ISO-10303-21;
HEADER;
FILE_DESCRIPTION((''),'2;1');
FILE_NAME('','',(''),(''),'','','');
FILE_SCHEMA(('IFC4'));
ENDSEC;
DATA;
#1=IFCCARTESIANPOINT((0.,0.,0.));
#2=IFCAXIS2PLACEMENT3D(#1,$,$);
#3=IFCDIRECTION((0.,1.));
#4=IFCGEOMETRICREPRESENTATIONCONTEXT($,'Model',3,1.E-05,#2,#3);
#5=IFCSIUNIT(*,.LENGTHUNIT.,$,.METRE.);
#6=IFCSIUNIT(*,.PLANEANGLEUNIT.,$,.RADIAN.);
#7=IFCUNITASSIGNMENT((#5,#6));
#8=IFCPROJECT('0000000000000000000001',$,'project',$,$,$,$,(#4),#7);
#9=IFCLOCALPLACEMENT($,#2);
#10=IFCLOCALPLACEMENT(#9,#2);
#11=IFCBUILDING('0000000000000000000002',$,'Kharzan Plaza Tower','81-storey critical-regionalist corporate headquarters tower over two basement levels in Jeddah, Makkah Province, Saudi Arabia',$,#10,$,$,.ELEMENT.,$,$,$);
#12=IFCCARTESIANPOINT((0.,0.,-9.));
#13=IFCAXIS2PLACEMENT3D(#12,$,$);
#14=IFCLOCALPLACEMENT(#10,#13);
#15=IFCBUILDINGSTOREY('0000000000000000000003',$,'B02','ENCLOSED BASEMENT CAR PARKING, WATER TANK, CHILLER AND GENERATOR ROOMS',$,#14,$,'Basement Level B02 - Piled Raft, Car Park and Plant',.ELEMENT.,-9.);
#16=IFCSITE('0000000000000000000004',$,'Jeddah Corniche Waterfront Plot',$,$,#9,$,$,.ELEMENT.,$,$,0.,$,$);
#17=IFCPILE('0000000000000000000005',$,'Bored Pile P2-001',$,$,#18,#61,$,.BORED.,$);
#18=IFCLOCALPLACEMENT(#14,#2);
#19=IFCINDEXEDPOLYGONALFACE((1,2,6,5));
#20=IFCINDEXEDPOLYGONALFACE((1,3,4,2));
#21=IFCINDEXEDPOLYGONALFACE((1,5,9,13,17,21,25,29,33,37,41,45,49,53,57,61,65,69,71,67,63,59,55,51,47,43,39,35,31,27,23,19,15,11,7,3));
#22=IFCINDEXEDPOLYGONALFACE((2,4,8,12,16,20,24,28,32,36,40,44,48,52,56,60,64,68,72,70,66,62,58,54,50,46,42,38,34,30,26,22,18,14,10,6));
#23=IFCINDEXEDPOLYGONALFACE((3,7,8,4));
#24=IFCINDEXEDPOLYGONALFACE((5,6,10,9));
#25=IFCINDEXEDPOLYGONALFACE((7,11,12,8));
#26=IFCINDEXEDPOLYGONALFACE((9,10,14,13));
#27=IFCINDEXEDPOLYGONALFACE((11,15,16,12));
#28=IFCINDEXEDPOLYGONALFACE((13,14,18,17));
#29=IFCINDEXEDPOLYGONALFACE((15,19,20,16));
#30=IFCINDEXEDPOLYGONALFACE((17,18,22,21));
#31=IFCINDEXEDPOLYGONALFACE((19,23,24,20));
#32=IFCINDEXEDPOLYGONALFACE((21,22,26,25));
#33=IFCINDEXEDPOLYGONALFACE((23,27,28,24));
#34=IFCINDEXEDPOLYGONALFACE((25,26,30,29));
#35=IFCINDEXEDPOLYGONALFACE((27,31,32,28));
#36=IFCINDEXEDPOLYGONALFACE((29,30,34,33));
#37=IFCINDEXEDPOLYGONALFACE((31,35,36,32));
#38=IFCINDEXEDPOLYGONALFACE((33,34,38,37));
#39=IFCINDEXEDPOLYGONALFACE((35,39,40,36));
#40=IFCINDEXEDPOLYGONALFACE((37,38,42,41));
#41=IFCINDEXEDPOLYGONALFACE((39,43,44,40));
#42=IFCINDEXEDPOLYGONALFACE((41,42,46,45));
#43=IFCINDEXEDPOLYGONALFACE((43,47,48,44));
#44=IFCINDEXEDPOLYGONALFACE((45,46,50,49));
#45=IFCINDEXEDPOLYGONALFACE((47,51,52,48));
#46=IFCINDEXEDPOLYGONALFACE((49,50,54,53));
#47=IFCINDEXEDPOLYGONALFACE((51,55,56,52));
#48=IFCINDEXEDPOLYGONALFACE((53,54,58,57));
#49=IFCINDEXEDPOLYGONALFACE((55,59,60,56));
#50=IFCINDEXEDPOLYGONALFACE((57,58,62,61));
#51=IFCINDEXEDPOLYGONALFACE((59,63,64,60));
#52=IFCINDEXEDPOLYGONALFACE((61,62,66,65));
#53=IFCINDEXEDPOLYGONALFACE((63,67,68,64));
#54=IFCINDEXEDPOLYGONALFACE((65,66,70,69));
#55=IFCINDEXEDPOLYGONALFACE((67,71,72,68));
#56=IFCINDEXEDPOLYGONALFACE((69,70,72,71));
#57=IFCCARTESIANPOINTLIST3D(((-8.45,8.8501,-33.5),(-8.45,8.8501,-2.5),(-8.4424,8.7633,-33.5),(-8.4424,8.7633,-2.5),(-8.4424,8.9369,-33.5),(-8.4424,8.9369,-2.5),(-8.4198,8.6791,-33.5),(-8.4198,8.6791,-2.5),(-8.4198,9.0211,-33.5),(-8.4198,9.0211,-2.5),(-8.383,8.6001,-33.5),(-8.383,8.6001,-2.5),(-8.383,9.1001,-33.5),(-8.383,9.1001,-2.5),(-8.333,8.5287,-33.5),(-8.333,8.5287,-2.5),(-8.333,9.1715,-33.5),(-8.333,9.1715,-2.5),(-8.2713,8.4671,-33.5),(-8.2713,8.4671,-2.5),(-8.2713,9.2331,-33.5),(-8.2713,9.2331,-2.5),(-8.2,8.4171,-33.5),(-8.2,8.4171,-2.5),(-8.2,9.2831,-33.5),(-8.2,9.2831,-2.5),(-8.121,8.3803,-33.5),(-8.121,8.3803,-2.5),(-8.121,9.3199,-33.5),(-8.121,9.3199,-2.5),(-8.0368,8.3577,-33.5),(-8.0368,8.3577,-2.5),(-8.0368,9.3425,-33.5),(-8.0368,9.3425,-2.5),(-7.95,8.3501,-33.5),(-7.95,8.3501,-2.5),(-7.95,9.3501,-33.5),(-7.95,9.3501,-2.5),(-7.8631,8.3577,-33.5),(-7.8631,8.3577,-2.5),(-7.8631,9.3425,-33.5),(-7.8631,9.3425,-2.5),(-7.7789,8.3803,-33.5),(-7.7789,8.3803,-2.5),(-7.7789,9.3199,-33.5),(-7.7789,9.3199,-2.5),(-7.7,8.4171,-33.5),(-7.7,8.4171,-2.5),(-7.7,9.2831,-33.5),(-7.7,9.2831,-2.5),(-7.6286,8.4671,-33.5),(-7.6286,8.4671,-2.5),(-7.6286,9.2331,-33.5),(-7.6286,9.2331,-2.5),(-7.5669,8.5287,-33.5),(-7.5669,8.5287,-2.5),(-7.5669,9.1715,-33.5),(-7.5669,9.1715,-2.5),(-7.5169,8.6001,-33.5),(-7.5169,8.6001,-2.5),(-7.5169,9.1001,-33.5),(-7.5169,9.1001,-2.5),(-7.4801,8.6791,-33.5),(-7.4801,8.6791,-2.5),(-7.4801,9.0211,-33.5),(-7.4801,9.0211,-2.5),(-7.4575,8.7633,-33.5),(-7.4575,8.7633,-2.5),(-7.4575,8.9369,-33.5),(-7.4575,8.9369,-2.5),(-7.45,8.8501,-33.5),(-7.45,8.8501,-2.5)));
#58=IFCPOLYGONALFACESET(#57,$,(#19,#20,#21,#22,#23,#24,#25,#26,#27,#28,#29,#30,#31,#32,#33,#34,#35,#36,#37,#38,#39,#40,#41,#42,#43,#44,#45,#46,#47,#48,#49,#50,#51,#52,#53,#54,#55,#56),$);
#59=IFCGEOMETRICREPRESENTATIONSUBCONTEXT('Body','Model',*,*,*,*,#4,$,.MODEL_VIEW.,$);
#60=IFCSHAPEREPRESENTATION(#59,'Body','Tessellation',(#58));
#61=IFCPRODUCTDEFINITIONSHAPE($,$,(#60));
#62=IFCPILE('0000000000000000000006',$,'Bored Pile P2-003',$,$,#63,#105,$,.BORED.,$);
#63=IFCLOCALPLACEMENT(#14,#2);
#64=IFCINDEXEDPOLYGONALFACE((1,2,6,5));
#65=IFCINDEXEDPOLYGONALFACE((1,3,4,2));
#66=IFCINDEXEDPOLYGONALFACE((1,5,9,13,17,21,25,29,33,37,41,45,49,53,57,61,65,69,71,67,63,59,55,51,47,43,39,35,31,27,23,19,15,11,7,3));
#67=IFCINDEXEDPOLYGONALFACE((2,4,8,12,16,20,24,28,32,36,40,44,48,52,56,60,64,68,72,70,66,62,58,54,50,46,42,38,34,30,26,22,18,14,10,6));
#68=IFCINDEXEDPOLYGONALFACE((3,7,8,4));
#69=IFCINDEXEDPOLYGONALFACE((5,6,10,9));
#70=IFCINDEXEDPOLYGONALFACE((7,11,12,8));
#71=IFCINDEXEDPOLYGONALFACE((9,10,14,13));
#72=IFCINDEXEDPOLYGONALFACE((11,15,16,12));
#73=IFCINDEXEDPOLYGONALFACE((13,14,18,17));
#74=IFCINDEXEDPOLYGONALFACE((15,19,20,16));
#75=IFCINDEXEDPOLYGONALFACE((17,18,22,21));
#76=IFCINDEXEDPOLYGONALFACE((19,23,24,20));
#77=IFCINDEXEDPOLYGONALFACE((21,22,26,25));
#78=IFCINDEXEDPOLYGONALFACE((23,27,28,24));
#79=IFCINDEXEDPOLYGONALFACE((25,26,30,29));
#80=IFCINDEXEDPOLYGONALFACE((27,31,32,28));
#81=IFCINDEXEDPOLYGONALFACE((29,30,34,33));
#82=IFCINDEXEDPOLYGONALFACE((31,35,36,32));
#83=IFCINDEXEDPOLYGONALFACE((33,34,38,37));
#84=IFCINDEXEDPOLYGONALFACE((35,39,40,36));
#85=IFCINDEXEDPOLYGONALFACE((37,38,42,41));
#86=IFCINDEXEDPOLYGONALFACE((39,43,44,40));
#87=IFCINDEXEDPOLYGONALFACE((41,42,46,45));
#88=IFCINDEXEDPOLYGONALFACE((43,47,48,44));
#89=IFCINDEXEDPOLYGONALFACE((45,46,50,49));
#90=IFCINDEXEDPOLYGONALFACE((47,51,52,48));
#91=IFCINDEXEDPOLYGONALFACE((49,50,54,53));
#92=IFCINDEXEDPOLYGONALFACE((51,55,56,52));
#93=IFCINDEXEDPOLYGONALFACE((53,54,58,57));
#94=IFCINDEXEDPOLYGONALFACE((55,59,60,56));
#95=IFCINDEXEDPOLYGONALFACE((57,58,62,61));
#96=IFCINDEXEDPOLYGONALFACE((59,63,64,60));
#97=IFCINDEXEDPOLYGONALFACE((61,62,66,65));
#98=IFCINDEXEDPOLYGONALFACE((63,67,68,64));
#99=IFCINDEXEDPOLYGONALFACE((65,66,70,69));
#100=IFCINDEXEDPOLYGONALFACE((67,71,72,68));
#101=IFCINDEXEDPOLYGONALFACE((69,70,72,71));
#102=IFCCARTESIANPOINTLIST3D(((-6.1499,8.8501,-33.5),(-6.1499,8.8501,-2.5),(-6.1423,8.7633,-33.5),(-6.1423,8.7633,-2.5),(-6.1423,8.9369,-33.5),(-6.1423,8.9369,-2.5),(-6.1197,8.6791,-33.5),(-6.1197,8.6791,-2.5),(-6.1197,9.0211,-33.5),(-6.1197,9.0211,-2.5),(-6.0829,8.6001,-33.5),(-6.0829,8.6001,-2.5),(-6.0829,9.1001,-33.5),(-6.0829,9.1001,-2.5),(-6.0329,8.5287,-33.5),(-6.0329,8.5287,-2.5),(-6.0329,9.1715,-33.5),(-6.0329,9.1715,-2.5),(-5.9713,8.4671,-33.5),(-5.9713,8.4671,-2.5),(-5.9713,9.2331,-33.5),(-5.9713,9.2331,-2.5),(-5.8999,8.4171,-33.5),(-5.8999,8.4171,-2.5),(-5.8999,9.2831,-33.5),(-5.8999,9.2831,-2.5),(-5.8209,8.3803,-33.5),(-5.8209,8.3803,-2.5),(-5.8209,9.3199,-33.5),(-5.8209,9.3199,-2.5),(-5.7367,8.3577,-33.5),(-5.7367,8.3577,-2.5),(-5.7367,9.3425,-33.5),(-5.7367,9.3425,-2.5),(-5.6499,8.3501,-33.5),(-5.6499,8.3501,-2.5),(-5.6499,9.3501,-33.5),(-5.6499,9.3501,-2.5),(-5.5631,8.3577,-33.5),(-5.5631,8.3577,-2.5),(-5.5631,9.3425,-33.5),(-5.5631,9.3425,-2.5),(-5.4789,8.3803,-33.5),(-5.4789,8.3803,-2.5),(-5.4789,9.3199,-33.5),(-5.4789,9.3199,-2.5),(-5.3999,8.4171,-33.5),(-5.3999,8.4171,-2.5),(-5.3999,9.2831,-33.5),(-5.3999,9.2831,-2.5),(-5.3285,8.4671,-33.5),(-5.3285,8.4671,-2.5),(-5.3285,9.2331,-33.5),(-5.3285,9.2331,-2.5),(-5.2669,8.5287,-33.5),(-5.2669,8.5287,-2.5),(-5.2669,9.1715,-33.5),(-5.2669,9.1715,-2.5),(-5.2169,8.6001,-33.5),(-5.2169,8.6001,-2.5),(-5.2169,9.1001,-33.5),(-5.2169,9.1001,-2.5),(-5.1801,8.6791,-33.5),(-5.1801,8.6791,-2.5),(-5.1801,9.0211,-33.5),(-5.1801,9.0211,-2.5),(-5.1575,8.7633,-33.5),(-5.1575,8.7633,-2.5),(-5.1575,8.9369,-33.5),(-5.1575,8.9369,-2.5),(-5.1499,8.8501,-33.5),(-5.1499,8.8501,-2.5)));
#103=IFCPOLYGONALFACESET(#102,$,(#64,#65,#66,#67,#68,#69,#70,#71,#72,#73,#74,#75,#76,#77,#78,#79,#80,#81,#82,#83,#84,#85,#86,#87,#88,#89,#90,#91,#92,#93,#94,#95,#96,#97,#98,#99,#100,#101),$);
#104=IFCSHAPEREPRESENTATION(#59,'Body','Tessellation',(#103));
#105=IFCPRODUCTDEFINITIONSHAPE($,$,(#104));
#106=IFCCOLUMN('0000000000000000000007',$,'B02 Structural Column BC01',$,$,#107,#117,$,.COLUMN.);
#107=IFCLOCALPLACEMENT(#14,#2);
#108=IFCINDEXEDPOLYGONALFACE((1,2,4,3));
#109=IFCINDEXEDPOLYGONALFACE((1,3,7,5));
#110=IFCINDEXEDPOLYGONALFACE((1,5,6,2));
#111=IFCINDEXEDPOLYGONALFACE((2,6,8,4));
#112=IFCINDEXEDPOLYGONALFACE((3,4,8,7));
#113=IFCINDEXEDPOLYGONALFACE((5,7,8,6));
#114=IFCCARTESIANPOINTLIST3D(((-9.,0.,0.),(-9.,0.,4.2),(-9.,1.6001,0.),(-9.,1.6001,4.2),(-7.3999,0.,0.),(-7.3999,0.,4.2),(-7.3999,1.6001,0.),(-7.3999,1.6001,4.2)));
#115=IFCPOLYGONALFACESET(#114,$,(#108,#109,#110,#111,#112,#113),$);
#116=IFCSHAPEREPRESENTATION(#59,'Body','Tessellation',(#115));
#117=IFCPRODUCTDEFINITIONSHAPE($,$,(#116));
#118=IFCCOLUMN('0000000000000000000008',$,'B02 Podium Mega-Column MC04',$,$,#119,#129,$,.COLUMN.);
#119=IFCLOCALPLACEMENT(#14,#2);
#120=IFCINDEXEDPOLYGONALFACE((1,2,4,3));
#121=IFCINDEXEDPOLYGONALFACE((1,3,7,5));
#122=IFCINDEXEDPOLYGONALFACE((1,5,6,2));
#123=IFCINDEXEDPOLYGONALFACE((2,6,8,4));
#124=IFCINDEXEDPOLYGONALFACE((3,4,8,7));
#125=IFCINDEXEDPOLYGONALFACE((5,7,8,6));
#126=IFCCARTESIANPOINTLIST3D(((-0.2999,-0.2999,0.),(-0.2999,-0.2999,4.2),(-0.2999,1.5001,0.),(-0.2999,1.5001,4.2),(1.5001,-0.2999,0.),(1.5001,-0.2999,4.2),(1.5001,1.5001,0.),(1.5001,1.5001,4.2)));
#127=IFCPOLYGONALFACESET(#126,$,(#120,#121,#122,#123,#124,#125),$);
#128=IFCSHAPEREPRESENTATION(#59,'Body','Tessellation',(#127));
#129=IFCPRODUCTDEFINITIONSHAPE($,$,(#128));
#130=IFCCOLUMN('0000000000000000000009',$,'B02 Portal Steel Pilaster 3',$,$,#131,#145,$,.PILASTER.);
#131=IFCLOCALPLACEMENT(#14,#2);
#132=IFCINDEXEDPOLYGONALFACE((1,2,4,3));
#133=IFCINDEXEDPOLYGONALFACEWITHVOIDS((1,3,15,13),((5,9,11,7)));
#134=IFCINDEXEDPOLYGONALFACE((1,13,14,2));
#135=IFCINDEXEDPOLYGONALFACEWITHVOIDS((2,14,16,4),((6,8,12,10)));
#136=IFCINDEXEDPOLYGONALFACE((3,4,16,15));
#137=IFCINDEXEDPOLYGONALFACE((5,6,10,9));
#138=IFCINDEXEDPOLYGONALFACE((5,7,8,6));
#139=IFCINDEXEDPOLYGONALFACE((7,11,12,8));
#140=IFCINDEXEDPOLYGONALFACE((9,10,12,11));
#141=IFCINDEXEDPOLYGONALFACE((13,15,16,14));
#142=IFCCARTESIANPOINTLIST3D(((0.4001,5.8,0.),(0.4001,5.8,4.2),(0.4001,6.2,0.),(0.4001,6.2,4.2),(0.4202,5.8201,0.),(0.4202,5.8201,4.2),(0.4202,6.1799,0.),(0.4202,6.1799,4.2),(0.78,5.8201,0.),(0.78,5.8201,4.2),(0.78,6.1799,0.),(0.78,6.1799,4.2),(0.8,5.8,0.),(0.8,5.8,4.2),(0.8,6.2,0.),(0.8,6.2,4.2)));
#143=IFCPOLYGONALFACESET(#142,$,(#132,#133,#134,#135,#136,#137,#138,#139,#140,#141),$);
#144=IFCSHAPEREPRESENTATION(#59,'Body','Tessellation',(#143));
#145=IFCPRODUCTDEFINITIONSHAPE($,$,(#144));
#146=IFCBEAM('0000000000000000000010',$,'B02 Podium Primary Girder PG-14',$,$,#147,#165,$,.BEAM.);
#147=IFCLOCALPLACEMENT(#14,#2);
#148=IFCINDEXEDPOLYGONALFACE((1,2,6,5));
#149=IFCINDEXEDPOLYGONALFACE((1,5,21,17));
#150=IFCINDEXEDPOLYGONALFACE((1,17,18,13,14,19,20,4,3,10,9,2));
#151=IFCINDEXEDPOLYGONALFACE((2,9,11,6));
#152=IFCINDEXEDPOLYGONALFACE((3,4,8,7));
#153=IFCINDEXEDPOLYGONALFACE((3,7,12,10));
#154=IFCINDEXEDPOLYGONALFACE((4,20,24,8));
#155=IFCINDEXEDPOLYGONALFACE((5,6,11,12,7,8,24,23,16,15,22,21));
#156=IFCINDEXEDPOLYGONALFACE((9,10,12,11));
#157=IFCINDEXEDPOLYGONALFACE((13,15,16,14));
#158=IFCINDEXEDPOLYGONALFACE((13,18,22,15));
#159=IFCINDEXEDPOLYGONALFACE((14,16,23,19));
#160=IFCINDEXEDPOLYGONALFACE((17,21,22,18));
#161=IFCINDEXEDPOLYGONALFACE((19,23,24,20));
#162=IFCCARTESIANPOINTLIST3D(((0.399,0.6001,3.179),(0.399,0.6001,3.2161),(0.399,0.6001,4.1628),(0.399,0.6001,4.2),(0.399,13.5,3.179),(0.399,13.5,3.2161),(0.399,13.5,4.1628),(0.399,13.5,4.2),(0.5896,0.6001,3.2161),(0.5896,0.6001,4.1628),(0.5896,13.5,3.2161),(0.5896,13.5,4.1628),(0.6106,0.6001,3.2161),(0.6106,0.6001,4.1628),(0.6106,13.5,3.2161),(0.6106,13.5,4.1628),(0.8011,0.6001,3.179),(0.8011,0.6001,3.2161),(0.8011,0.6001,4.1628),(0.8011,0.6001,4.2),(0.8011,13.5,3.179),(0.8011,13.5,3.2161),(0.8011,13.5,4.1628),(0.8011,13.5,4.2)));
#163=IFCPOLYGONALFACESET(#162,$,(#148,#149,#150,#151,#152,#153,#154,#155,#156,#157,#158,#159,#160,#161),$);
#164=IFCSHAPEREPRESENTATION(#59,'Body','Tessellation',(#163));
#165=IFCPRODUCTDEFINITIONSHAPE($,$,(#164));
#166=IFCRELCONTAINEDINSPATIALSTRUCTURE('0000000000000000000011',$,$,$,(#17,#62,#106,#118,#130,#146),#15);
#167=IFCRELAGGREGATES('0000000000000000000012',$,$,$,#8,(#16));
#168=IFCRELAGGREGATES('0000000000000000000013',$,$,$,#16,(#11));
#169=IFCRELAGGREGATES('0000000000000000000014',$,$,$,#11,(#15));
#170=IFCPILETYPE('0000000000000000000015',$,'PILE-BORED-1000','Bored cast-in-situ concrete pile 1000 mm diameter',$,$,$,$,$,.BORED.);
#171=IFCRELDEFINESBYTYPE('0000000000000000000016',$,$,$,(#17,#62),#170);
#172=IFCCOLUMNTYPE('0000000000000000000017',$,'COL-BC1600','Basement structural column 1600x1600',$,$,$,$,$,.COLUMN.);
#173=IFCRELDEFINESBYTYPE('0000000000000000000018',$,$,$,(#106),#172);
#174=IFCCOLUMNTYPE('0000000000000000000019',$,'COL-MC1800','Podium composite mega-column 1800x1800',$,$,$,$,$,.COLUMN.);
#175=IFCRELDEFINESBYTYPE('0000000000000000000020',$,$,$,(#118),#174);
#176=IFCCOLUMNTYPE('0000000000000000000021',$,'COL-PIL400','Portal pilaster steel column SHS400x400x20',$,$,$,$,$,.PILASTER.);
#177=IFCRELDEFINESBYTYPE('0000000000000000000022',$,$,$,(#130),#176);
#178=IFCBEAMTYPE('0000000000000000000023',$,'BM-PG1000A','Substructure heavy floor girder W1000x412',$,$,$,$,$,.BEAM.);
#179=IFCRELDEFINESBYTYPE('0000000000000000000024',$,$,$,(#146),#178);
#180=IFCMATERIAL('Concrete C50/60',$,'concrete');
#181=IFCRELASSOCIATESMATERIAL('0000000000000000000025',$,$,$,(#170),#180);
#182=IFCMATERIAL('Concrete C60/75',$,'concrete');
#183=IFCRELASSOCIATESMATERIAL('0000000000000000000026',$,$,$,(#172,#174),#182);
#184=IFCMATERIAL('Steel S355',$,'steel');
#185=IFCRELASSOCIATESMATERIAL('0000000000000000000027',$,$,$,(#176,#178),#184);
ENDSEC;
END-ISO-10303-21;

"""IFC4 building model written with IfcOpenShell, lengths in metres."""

from ifc_helpers import new_model, si_unit, direction, frame, origin, origin_2d, place, context, subcontext, project, spatial, rectangle, hollow_rectangle, circle, i_section, extrude, source, transform, mapped, material, material_profile, profile_set, type_object, element, save


model = new_model("IFC4")

# Units and contexts
model_context = context("Model", 3, precision=1e-05, world=origin(), true_north=direction((0.0, 1.0)))
body_context = subcontext(model_context, "Body", "Model", "MODEL_VIEW")
ifc_project = project(units=[si_unit("LENGTHUNIT", "METRE"), si_unit("PLANEANGLEUNIT", "RADIAN")], contexts=[model_context])

# Site, building, storey
site_placement = place(None, origin())
site = spatial("IfcSite", under=ifc_project, at=site_placement, Name="Jeddah Corniche Waterfront Plot", CompositionType="ELEMENT", RefElevation=0.0)
building_placement = place(site_placement, origin())
building = spatial("IfcBuilding", under=site, at=building_placement, Name="Kharzan Plaza Tower", Description="81-storey critical-regionalist corporate headquarters tower over two basement levels in Jeddah, Makkah Province, Saudi Arabia", CompositionType="ELEMENT")
storey_placement = place(building_placement, frame((0.0, 0.0, -9.0)))
storey = spatial("IfcBuildingStorey", under=building, at=storey_placement, Name="B02", Description="ENCLOSED BASEMENT CAR PARKING, WATER TANK, CHILLER AND GENERATOR ROOMS", LongName="Basement Level B02 - Piled Raft, Car Park and Plant", CompositionType="ELEMENT", Elevation=-9.0)

# Shared definitions
ifc_material_1 = material(Name="Concrete C50/60", Category="concrete")

# Piles
ifc_material_profile_1 = material_profile(ifc_material_1, circle(Radius=0.5, at=origin_2d()), Name="PILE-D1000")
ifc_profile_set_1 = profile_set([ifc_material_profile_1], Name="Concrete C50/60")
pile_type_1 = type_object("IfcPileType", Name="PILE-BORED-1000", Description="Bored cast-in-situ concrete pile 1000 mm diameter", PredefinedType="BORED", material=ifc_profile_set_1)
shared_shape_1 = source(origin(), body_context, "Body", "SweptSolid", [
    extrude(circle(Radius=0.5, at=origin_2d()), origin(), (0.0, 0.0, 1.0), 31.0),
])
for number, where, z_axis, x_axis, name in (
    (1, (-7.95, 8.8501, -2.5), (0.0, 0.0, -1.0), (1.0, 0.0, 0.0), "Bored Pile P2-001"),
    (2, (-5.6499, 8.8501, -2.5), (0.0, 0.0, -1.0), (1.0, 0.0, 0.0), "Bored Pile P2-003"),
):
    element("IfcPile", number, at=place(storey_placement, frame(where, z_axis=z_axis, x_axis=x_axis)), inside=storey, type_object=pile_type_1, Name=name, PredefinedType="BORED", context=body_context, shape_type="MappedRepresentation", body=[
        mapped(shared_shape_1, transform((0.0, 0.0, 0.0), x_axis=(1.0, 0.0, 0.0), y_axis=(0.0, 1.0, 0.0), z_axis=(0.0, 0.0, 1.0))),
    ])

# Columns
ifc_material_2 = material(Name="Concrete C60/75", Category="concrete")
ifc_material_profile_2 = material_profile(ifc_material_2, rectangle(XDim=1.6001, YDim=1.6001, at=origin_2d()), Name="RC-MC1600x1600")
ifc_profile_set_2 = profile_set([ifc_material_profile_2], Name="Concrete C60/75")
column_type_1 = type_object("IfcColumnType", Name="COL-BC1600", Description="Basement structural column 1600x1600", PredefinedType="COLUMN", material=ifc_profile_set_2)
shared_shape_2 = source(origin(), body_context, "Body", "SweptSolid", [
    extrude(rectangle(XDim=1.6001, YDim=1.6001, at=origin_2d()), origin(), (0.0, 0.0, 1.0), 4.2),
])
column_1_placement = place(storey_placement, frame((-8.2, 0.8, 0.0), z_axis=(0.0, 0.0, 1.0), x_axis=(1.0, 0.0, 0.0)))
element("IfcColumn", 3, at=column_1_placement, inside=storey, type_object=column_type_1, Name="B02 Structural Column BC01", PredefinedType="COLUMN", context=body_context, shape_type="MappedRepresentation", body=[
    mapped(shared_shape_2, transform((0.0, 0.0, 0.0), x_axis=(1.0, 0.0, 0.0), y_axis=(0.0, 1.0, 0.0), z_axis=(0.0, 0.0, 1.0))),
])
ifc_material_profile_3 = material_profile(ifc_material_2, rectangle(XDim=1.8, YDim=1.8, at=origin_2d()), Name="RC-MC1800x1800")
ifc_profile_set_3 = profile_set([ifc_material_profile_3], Name="Concrete C60/75")
column_type_2 = type_object("IfcColumnType", Name="COL-MC1800", Description="Podium composite mega-column 1800x1800", PredefinedType="COLUMN", material=ifc_profile_set_3)
shared_shape_3 = source(origin(), body_context, "Body", "SweptSolid", [
    extrude(rectangle(XDim=1.8, YDim=1.8, at=origin_2d()), origin(), (0.0, 0.0, 1.0), 4.2),
])
column_2_placement = place(storey_placement, frame((0.6001, 0.6001, 0.0), z_axis=(0.0, 0.0, 1.0), x_axis=(1.0, 0.0, 0.0)))
element("IfcColumn", 4, at=column_2_placement, inside=storey, type_object=column_type_2, Name="B02 Podium Mega-Column MC04", PredefinedType="COLUMN", context=body_context, shape_type="MappedRepresentation", body=[
    mapped(shared_shape_3, transform((0.0, 0.0, 0.0), x_axis=(1.0, 0.0, 0.0), y_axis=(0.0, 1.0, 0.0), z_axis=(0.0, 0.0, 1.0))),
])
ifc_material_3 = material(Name="Steel S355", Category="steel")
ifc_material_profile_4 = material_profile(ifc_material_3, hollow_rectangle(XDim=0.3999, YDim=0.3999, WallThickness=0.02, at=origin_2d()), Name="SHS400x400x20")
ifc_profile_set_4 = profile_set([ifc_material_profile_4], Name="Steel S355")
column_type_3 = type_object("IfcColumnType", Name="COL-PIL400", Description="Portal pilaster steel column SHS400x400x20", PredefinedType="PILASTER", material=ifc_profile_set_4)
shared_shape_4 = source(origin(), body_context, "Body", "SweptSolid", [
    extrude(hollow_rectangle(XDim=0.3999, YDim=0.3999, WallThickness=0.02, at=origin_2d()), origin(), (0.0, 0.0, 1.0), 4.2),
])
column_3_placement = place(storey_placement, frame((0.6001, 6.0, 0.0), z_axis=(0.0, 0.0, 1.0), x_axis=(1.0, 0.0, 0.0)))
element("IfcColumn", 5, at=column_3_placement, inside=storey, type_object=column_type_3, Name="B02 Portal Steel Pilaster 3", PredefinedType="PILASTER", context=body_context, shape_type="MappedRepresentation", body=[
    mapped(shared_shape_4, transform((0.0, 0.0, 0.0), x_axis=(1.0, 0.0, 0.0), y_axis=(0.0, 1.0, 0.0), z_axis=(0.0, 0.0, 1.0))),
])

# Beam
ifc_material_profile_5 = material_profile(ifc_material_3, i_section(OverallWidth=0.4021, OverallDepth=1.021, WebThickness=0.021, FlangeThickness=0.0371, at=origin_2d()), Name="W1000x412")
ifc_profile_set_5 = profile_set([ifc_material_profile_5], Name="Steel S355")
beam_type = type_object("IfcBeamType", Name="BM-PG1000A", Description="Substructure heavy floor girder W1000x412", PredefinedType="BEAM", material=ifc_profile_set_5)
shared_shape_5 = source(origin(), body_context, "Body", "SweptSolid", [
    extrude(i_section(OverallWidth=0.4021, OverallDepth=1.021, WebThickness=0.021, FlangeThickness=0.0371, at=origin_2d()), origin(), (0.0, 0.0, 1.0), 12.8999),
])
beam_1_placement = place(storey_placement, frame((0.6001, 0.6001, 3.6895), z_axis=(0.0, 1.0, 0.0), x_axis=(-1.0, 0.0, 0.0)))
element("IfcBeam", 6, at=beam_1_placement, inside=storey, type_object=beam_type, Name="B02 Podium Primary Girder PG-14", PredefinedType="BEAM", context=body_context, shape_type="MappedRepresentation", body=[
    mapped(shared_shape_5, transform((0.0, 0.0, 0.0), x_axis=(1.0, 0.0, 0.0), y_axis=(0.0, 1.0, 0.0), z_axis=(0.0, 0.0, 1.0))),
])

save(model, "model.ifc")
